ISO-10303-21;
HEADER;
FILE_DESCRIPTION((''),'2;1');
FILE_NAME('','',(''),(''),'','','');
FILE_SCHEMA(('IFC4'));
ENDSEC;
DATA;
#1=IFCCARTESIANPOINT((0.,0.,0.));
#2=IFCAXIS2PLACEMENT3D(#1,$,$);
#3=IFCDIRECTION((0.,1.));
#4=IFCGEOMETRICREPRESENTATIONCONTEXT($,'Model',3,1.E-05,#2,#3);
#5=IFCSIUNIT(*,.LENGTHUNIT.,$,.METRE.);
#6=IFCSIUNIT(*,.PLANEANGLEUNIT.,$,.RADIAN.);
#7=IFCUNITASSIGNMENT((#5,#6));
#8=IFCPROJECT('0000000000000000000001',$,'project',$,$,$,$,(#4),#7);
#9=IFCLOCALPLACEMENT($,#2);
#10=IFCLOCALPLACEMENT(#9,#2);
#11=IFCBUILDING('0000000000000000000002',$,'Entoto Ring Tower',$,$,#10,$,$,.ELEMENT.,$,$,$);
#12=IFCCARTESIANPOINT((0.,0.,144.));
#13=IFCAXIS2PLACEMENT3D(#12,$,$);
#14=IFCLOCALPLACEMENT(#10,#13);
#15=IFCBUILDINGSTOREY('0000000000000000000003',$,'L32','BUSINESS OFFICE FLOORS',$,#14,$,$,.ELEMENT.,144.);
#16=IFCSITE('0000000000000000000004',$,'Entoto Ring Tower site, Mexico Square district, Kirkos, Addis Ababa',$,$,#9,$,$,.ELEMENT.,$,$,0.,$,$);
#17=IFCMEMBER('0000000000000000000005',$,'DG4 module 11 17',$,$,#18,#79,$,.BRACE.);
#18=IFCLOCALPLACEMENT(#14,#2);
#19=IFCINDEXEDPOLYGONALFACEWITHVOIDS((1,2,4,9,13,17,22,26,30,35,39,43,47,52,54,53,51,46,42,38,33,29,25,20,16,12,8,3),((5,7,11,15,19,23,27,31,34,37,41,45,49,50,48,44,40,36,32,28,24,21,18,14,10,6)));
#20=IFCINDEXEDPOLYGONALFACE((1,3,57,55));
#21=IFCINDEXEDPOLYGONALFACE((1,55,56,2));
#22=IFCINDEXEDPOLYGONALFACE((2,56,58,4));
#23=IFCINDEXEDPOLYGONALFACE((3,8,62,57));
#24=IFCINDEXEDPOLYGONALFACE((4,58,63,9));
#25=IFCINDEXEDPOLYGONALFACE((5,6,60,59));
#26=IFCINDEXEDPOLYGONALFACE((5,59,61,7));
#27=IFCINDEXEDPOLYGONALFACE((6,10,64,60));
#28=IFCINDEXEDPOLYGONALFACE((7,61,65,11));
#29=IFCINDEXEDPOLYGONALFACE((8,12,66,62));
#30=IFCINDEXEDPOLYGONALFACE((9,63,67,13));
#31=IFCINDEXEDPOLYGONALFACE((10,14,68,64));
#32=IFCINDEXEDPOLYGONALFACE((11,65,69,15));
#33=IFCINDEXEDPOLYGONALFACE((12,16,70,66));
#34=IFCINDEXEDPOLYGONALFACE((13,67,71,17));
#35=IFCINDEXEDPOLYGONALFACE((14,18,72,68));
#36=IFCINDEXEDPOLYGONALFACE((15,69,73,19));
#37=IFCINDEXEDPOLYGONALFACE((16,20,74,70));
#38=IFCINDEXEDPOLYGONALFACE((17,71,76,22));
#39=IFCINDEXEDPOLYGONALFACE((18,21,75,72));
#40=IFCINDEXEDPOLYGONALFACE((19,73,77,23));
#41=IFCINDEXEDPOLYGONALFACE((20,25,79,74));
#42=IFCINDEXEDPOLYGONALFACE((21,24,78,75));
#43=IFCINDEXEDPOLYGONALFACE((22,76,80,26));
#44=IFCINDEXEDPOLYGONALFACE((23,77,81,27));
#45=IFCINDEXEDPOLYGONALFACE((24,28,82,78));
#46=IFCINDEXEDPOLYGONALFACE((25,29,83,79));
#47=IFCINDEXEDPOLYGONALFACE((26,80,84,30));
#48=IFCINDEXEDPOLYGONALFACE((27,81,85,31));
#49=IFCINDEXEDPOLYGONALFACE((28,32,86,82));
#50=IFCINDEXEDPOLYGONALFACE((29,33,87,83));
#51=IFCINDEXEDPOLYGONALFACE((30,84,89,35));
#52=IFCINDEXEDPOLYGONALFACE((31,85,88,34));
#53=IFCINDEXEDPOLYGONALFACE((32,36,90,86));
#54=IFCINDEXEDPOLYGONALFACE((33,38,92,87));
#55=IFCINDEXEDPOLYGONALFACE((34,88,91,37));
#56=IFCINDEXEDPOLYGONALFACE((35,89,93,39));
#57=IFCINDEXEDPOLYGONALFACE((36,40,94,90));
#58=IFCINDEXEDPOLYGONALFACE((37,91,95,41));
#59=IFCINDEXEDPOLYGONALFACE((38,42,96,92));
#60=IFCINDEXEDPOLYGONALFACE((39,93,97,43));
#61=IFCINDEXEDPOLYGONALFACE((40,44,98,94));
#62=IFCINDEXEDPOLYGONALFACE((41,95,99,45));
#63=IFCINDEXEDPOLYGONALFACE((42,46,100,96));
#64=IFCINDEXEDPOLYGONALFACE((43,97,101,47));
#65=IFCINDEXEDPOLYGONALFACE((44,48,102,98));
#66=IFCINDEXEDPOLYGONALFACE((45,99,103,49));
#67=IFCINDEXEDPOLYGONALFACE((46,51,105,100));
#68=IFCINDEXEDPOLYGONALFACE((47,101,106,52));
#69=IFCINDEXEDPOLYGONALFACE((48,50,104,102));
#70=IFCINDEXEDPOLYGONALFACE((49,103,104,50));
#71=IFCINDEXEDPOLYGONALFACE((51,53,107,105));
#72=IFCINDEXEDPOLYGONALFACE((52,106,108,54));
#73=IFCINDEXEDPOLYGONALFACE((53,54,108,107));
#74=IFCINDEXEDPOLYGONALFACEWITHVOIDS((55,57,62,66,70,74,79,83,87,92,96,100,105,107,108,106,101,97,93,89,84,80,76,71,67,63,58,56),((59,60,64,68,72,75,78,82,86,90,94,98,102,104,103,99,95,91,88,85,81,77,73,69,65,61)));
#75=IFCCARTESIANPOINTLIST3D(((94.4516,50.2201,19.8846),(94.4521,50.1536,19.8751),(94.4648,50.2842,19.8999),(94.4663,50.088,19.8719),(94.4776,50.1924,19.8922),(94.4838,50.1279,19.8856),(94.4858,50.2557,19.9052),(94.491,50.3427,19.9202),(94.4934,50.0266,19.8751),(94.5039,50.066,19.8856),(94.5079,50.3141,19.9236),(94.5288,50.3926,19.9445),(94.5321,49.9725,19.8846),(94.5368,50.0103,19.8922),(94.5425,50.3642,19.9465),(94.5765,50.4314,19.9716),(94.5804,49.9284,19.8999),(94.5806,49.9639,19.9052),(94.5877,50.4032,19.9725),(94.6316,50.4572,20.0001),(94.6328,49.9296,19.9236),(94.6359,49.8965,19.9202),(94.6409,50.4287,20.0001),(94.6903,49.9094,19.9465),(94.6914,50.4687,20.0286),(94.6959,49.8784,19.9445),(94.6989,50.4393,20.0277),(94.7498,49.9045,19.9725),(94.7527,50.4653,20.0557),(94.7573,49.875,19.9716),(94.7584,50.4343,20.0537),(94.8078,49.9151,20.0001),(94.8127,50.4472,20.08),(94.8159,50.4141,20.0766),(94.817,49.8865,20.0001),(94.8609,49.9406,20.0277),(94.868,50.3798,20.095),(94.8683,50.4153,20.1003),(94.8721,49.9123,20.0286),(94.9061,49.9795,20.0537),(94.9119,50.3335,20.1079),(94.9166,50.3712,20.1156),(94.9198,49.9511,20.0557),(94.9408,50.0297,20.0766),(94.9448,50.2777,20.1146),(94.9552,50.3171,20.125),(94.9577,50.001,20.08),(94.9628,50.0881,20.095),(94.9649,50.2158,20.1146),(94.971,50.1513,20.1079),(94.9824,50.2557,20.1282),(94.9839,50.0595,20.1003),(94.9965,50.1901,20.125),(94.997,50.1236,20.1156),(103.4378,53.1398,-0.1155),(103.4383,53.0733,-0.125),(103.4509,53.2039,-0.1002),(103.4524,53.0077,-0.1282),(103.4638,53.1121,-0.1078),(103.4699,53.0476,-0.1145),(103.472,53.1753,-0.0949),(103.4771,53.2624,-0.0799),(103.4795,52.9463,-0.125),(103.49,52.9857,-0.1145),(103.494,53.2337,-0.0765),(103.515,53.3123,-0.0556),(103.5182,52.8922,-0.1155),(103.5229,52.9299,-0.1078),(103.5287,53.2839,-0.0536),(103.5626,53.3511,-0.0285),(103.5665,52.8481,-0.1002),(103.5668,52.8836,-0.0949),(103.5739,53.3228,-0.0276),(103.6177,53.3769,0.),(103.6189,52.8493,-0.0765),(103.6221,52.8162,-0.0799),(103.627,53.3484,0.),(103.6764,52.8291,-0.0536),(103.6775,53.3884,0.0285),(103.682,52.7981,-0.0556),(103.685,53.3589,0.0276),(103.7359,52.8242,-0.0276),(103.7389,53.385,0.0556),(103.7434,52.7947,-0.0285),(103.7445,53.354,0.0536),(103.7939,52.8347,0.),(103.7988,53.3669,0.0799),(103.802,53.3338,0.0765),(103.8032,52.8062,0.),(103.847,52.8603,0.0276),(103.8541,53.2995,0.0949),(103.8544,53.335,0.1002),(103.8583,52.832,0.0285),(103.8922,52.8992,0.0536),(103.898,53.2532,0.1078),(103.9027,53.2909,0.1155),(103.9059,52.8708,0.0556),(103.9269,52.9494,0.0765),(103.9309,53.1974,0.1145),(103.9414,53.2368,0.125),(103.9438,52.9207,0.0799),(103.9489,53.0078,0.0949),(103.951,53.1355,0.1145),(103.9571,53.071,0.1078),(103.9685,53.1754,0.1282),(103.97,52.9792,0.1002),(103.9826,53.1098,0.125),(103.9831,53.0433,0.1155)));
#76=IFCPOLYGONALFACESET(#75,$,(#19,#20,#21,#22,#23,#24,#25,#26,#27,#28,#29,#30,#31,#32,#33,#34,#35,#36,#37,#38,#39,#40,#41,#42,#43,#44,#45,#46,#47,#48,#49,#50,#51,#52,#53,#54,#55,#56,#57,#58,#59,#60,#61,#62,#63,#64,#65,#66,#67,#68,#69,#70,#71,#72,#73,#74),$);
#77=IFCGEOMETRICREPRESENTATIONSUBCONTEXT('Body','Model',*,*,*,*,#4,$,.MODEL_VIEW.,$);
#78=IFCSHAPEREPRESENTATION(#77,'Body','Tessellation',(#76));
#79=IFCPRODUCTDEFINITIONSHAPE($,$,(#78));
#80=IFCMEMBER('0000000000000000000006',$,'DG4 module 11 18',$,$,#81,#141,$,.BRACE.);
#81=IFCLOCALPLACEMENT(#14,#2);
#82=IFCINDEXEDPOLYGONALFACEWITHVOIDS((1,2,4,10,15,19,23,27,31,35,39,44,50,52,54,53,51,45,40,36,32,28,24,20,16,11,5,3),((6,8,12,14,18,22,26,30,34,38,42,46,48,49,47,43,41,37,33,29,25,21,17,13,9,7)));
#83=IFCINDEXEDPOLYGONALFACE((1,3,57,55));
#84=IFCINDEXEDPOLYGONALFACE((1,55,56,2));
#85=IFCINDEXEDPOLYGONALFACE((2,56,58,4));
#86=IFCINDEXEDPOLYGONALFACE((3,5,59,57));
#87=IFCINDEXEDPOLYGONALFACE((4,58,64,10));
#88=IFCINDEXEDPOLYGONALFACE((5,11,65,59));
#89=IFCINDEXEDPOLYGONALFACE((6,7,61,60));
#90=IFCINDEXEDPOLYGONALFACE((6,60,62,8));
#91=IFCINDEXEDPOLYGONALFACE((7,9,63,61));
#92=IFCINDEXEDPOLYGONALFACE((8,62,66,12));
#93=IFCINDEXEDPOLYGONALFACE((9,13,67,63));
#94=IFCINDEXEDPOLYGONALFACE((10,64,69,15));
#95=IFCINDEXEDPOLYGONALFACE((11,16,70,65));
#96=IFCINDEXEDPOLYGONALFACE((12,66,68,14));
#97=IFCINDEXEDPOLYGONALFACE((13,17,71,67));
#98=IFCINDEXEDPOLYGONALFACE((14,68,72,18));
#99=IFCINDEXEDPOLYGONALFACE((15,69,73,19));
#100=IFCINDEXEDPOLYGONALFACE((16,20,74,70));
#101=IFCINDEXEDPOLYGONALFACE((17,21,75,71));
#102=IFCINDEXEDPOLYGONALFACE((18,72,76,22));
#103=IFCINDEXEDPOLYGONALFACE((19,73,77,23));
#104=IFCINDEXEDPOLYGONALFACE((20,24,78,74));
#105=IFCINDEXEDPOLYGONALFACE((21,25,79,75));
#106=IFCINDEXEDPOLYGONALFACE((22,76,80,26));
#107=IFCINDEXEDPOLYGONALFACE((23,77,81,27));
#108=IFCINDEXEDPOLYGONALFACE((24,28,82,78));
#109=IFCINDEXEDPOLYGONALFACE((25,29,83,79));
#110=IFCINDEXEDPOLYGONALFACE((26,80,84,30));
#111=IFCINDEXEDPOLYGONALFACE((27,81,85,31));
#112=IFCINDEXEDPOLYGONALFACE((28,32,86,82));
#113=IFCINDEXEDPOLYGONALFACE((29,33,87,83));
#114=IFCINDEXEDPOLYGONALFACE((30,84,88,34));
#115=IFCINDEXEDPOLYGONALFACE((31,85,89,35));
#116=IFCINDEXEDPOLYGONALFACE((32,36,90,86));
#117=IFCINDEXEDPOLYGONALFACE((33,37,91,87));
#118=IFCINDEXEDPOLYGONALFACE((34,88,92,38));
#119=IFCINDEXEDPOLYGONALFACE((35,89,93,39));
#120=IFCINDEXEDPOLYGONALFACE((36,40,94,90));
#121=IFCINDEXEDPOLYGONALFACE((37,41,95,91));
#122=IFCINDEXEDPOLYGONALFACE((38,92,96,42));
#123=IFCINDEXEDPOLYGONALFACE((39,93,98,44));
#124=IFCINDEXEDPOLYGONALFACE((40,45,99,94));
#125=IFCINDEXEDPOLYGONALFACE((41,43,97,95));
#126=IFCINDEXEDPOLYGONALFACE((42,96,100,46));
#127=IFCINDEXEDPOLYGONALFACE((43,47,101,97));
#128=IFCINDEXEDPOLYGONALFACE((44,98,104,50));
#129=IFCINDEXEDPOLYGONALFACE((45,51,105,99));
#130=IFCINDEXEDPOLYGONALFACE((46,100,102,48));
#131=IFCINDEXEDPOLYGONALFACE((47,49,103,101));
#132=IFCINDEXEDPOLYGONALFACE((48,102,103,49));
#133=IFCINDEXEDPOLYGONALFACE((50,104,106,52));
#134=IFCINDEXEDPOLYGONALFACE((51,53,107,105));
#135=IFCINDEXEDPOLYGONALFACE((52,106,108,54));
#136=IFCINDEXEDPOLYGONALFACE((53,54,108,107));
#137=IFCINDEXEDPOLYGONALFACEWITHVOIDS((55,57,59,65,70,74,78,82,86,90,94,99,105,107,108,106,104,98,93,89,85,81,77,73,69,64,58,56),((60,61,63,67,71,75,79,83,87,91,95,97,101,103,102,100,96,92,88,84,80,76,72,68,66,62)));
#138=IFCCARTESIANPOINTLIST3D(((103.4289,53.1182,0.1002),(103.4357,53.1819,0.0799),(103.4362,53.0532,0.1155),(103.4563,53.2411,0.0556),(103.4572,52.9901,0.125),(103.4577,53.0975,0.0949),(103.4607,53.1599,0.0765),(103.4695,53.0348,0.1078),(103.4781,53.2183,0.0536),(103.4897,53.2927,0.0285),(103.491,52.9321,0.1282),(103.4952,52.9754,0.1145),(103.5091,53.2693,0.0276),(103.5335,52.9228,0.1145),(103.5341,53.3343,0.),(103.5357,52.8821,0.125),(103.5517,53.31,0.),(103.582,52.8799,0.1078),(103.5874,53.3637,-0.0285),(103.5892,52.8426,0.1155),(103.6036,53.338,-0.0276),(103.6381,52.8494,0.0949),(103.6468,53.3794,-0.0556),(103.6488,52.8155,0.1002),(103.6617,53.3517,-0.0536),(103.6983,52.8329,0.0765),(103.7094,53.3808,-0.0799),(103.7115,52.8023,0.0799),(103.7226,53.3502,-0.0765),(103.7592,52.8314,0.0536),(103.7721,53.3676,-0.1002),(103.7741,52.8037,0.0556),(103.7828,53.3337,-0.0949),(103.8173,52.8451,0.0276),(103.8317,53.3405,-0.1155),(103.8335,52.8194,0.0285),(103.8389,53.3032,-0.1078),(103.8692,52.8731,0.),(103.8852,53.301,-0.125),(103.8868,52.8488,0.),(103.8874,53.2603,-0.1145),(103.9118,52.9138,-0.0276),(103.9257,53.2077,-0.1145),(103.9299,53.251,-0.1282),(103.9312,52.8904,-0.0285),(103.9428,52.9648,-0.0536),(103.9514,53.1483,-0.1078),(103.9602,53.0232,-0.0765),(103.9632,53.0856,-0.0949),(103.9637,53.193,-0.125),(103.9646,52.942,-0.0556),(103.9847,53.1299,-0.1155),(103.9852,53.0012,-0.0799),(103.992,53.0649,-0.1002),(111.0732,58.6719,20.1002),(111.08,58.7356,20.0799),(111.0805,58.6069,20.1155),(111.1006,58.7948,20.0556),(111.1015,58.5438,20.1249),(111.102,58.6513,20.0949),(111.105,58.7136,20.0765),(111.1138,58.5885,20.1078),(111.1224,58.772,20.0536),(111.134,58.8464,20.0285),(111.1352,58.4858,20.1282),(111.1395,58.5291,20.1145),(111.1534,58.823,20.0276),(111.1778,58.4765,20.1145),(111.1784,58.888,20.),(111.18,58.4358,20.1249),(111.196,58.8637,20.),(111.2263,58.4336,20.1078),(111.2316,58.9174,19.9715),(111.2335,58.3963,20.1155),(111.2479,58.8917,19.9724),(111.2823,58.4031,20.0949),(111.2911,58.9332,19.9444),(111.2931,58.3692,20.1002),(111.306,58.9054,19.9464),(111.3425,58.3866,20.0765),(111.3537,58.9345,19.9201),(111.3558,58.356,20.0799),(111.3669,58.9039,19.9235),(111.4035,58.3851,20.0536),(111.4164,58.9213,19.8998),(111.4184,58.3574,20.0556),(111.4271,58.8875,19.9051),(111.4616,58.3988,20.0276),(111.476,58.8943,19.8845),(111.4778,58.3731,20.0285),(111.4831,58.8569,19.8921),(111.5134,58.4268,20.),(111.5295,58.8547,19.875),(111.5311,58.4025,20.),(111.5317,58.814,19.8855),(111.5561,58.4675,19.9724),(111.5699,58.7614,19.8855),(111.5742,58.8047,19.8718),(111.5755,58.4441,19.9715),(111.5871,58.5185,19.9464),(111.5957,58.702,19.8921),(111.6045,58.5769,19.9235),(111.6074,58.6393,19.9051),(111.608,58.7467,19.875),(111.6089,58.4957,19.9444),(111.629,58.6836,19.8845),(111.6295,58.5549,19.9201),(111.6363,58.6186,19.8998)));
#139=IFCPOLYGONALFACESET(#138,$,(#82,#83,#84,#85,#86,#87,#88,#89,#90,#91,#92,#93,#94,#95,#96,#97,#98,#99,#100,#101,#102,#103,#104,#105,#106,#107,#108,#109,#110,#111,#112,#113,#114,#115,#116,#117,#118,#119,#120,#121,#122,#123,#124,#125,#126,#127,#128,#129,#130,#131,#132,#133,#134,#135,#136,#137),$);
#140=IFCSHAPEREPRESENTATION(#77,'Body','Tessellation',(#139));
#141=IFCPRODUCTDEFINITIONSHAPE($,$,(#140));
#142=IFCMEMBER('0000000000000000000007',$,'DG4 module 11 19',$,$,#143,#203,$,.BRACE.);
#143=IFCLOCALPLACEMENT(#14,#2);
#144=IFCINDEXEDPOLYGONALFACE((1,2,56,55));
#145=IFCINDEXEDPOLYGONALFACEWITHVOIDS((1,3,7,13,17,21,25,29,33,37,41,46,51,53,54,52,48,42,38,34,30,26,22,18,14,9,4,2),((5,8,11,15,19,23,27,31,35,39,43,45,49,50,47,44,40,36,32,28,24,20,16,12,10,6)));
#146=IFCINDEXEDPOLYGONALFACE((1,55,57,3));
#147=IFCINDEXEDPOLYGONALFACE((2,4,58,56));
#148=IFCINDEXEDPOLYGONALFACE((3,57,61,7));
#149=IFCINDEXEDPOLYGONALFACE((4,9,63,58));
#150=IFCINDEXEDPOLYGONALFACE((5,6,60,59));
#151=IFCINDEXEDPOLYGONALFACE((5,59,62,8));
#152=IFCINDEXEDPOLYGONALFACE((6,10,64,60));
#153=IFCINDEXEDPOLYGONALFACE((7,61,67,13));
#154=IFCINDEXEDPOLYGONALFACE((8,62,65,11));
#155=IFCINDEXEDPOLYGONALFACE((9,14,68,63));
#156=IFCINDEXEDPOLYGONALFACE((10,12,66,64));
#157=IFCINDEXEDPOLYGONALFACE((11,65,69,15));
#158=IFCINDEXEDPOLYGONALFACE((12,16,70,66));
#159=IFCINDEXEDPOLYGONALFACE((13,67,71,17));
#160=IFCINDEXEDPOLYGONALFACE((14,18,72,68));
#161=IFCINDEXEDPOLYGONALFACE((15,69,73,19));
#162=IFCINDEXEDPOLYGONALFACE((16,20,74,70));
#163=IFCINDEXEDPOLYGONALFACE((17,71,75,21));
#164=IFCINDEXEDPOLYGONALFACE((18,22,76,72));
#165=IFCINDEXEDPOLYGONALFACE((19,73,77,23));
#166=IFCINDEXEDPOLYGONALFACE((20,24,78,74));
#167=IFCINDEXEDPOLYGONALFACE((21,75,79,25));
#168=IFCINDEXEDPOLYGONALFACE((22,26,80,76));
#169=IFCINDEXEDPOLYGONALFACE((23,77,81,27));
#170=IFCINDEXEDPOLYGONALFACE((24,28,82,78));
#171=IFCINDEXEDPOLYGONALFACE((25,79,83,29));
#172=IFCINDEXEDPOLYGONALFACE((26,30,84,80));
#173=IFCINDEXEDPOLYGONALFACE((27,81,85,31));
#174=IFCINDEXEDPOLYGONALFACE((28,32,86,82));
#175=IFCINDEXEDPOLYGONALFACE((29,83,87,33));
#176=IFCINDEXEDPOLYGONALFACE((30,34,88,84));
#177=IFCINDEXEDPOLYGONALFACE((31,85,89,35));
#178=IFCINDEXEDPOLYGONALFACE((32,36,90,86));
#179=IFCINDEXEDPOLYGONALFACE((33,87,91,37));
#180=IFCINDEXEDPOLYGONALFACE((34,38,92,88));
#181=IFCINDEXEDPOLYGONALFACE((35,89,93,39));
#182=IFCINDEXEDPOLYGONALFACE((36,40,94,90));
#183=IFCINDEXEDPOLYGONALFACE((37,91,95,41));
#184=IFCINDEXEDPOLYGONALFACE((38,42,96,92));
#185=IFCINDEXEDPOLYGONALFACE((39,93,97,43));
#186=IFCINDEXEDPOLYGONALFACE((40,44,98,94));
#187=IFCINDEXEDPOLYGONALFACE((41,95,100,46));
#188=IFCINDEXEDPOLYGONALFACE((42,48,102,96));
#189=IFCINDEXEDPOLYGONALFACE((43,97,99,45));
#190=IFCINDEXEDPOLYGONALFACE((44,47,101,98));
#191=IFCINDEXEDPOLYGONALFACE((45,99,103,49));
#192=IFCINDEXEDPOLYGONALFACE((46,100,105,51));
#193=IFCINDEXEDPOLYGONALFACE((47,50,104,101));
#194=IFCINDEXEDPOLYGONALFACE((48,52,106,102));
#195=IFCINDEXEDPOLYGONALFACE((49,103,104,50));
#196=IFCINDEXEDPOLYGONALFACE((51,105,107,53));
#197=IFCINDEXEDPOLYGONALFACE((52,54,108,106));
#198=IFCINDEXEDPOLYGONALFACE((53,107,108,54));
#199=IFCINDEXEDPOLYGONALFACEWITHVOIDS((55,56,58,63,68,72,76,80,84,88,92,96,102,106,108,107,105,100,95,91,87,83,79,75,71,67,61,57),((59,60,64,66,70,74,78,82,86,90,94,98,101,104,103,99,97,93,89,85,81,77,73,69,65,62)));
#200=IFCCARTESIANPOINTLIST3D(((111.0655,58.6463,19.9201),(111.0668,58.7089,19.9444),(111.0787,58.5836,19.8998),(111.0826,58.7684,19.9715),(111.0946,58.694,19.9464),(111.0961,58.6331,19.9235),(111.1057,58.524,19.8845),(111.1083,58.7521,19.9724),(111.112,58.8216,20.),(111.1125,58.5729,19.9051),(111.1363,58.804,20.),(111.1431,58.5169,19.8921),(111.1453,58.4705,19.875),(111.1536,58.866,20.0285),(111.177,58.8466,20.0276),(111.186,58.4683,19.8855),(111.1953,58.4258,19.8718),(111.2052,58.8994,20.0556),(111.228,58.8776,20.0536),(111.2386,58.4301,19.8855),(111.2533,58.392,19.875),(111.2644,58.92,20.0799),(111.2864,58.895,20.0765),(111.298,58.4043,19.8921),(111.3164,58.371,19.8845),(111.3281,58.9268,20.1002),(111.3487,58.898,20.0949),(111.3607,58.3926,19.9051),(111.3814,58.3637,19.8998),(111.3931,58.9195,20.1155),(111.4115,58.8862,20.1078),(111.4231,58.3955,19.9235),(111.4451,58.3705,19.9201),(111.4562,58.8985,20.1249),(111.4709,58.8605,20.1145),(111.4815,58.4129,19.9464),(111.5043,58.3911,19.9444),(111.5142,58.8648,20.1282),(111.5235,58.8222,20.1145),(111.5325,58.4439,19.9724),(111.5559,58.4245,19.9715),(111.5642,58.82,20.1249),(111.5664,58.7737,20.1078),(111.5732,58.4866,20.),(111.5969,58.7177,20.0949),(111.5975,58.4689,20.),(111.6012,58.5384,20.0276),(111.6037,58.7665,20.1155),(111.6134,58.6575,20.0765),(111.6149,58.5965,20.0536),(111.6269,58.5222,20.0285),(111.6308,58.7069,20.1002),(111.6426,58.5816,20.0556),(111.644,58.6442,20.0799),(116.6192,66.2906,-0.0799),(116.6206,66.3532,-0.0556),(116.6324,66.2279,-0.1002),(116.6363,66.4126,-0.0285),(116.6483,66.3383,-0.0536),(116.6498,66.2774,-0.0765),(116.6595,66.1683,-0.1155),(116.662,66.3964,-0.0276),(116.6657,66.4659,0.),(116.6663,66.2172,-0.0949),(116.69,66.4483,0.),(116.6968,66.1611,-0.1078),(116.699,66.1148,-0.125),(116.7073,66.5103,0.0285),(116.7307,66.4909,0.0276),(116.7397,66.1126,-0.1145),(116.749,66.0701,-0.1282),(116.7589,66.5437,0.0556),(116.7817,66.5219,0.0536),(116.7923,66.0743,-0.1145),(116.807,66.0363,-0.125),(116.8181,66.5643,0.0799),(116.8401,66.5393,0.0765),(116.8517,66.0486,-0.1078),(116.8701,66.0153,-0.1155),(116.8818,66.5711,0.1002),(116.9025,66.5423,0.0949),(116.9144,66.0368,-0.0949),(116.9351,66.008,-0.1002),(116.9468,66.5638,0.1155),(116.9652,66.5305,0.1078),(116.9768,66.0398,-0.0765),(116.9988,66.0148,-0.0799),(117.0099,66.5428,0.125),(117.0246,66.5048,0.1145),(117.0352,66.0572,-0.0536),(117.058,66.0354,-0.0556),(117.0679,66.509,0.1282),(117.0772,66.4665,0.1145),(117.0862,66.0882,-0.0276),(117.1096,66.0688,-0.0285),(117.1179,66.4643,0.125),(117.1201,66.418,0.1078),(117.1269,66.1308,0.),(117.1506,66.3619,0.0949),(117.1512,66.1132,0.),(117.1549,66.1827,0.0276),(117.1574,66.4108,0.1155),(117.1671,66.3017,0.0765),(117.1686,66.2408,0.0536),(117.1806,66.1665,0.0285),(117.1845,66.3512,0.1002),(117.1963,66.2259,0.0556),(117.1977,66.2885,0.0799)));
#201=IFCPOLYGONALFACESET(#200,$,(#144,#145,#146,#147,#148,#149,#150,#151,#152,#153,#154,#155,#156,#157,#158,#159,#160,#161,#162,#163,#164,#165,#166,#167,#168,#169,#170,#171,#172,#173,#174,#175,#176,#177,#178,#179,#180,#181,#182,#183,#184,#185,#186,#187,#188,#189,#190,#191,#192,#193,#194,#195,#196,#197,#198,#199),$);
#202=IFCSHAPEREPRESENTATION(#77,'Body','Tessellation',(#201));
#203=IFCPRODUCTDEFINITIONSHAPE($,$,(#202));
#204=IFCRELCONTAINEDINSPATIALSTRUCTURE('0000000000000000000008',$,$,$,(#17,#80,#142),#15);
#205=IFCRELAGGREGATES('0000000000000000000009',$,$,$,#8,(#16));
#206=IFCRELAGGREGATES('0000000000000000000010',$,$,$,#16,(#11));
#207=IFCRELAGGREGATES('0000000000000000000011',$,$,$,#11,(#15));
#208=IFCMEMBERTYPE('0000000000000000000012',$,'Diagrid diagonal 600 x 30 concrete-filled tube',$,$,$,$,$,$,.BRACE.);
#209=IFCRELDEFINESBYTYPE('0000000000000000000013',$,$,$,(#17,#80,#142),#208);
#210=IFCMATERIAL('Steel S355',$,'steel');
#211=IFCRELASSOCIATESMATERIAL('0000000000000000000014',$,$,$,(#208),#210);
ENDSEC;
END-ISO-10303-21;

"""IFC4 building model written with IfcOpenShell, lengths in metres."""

from ifc_helpers import new_model, si_unit, direction, frame, origin, origin_2d, place, context, subcontext, project, spatial, circle, hollow_circle, extrude, material, material_profile, profile_set, type_object, element, save


model = new_model("IFC4")

# Units and contexts
model_context = context("Model", 3, precision=1e-05, world=origin(), true_north=direction((0.0, 1.0)))
body_context = subcontext(model_context, "Body", "Model", "MODEL_VIEW")
ifc_project = project(units=[si_unit("LENGTHUNIT", "METRE"), si_unit("PLANEANGLEUNIT", "RADIAN")], contexts=[model_context])

# Site, building, storey
site_placement = place(None, origin())
site = spatial("IfcSite", under=ifc_project, at=site_placement, Name="Entoto Ring Tower site, Mexico Square district, Kirkos, Addis Ababa", CompositionType="ELEMENT", RefElevation=0.0)
building_placement = place(site_placement, origin())
building = spatial("IfcBuilding", under=site, at=building_placement, Name="Entoto Ring Tower", CompositionType="ELEMENT")
storey_placement = place(building_placement, frame((0.0, 0.0, 144.0)))
storey = spatial("IfcBuildingStorey", under=building, at=storey_placement, Name="L32", Description="BUSINESS OFFICE FLOORS", CompositionType="ELEMENT", Elevation=144.0)

# Members
ifc_material_1 = material(Name="Steel S355", Category="steel")
ifc_material_profile_1 = material_profile(ifc_material_1, hollow_circle(Radius=0.3, WallThickness=0.03, at=origin_2d()), Name="CHS 600 x 30")
ifc_material_2 = material(Name="Concrete C60/75", Category="concrete")
ifc_material_profile_2 = material_profile(ifc_material_2, circle(Radius=0.27, at=origin_2d()), Name="Concrete C60/75 infill")
ifc_profile_set_1 = profile_set([ifc_material_profile_1, ifc_material_profile_2], Name="Steel S355")
member_type_1 = type_object("IfcMemberType", Name="Diagrid diagonal 600 x 30 concrete-filled tube", PredefinedType="BRACE", material=ifc_profile_set_1)
for number, where, z_axis, x_axis, name in (
    (1, (103.7104, 53.0916, 0.0), (-0.406251, -0.131995, 0.904178), (0.30901, -0.951059, 0.0), "DG4 module 11 17"),
    (2, (103.7104, 53.0916, 0.0), (0.345588, 0.251076, 0.904174), (-0.587772, 0.809026, 0.0), "DG4 module 11 18"),
    (3, (116.9084, 66.2896, 0.0), (-0.251076, -0.345588, 0.904174), (0.809026, -0.587772, 0.0), "DG4 module 11 19"),
):
    element("IfcMember", number, at=place(storey_placement, frame(where, z_axis=z_axis, x_axis=x_axis)), inside=storey, type_object=member_type_1, Name=name, PredefinedType="BRACE", context=body_context, shape_type="SweptSolid", body=[
        extrude(hollow_circle(Radius=0.3, WallThickness=0.03, at=origin_2d()), origin(), (0.0, 0.0, 1.0), 22.1196),
    ])

save(model, "model.ifc")
